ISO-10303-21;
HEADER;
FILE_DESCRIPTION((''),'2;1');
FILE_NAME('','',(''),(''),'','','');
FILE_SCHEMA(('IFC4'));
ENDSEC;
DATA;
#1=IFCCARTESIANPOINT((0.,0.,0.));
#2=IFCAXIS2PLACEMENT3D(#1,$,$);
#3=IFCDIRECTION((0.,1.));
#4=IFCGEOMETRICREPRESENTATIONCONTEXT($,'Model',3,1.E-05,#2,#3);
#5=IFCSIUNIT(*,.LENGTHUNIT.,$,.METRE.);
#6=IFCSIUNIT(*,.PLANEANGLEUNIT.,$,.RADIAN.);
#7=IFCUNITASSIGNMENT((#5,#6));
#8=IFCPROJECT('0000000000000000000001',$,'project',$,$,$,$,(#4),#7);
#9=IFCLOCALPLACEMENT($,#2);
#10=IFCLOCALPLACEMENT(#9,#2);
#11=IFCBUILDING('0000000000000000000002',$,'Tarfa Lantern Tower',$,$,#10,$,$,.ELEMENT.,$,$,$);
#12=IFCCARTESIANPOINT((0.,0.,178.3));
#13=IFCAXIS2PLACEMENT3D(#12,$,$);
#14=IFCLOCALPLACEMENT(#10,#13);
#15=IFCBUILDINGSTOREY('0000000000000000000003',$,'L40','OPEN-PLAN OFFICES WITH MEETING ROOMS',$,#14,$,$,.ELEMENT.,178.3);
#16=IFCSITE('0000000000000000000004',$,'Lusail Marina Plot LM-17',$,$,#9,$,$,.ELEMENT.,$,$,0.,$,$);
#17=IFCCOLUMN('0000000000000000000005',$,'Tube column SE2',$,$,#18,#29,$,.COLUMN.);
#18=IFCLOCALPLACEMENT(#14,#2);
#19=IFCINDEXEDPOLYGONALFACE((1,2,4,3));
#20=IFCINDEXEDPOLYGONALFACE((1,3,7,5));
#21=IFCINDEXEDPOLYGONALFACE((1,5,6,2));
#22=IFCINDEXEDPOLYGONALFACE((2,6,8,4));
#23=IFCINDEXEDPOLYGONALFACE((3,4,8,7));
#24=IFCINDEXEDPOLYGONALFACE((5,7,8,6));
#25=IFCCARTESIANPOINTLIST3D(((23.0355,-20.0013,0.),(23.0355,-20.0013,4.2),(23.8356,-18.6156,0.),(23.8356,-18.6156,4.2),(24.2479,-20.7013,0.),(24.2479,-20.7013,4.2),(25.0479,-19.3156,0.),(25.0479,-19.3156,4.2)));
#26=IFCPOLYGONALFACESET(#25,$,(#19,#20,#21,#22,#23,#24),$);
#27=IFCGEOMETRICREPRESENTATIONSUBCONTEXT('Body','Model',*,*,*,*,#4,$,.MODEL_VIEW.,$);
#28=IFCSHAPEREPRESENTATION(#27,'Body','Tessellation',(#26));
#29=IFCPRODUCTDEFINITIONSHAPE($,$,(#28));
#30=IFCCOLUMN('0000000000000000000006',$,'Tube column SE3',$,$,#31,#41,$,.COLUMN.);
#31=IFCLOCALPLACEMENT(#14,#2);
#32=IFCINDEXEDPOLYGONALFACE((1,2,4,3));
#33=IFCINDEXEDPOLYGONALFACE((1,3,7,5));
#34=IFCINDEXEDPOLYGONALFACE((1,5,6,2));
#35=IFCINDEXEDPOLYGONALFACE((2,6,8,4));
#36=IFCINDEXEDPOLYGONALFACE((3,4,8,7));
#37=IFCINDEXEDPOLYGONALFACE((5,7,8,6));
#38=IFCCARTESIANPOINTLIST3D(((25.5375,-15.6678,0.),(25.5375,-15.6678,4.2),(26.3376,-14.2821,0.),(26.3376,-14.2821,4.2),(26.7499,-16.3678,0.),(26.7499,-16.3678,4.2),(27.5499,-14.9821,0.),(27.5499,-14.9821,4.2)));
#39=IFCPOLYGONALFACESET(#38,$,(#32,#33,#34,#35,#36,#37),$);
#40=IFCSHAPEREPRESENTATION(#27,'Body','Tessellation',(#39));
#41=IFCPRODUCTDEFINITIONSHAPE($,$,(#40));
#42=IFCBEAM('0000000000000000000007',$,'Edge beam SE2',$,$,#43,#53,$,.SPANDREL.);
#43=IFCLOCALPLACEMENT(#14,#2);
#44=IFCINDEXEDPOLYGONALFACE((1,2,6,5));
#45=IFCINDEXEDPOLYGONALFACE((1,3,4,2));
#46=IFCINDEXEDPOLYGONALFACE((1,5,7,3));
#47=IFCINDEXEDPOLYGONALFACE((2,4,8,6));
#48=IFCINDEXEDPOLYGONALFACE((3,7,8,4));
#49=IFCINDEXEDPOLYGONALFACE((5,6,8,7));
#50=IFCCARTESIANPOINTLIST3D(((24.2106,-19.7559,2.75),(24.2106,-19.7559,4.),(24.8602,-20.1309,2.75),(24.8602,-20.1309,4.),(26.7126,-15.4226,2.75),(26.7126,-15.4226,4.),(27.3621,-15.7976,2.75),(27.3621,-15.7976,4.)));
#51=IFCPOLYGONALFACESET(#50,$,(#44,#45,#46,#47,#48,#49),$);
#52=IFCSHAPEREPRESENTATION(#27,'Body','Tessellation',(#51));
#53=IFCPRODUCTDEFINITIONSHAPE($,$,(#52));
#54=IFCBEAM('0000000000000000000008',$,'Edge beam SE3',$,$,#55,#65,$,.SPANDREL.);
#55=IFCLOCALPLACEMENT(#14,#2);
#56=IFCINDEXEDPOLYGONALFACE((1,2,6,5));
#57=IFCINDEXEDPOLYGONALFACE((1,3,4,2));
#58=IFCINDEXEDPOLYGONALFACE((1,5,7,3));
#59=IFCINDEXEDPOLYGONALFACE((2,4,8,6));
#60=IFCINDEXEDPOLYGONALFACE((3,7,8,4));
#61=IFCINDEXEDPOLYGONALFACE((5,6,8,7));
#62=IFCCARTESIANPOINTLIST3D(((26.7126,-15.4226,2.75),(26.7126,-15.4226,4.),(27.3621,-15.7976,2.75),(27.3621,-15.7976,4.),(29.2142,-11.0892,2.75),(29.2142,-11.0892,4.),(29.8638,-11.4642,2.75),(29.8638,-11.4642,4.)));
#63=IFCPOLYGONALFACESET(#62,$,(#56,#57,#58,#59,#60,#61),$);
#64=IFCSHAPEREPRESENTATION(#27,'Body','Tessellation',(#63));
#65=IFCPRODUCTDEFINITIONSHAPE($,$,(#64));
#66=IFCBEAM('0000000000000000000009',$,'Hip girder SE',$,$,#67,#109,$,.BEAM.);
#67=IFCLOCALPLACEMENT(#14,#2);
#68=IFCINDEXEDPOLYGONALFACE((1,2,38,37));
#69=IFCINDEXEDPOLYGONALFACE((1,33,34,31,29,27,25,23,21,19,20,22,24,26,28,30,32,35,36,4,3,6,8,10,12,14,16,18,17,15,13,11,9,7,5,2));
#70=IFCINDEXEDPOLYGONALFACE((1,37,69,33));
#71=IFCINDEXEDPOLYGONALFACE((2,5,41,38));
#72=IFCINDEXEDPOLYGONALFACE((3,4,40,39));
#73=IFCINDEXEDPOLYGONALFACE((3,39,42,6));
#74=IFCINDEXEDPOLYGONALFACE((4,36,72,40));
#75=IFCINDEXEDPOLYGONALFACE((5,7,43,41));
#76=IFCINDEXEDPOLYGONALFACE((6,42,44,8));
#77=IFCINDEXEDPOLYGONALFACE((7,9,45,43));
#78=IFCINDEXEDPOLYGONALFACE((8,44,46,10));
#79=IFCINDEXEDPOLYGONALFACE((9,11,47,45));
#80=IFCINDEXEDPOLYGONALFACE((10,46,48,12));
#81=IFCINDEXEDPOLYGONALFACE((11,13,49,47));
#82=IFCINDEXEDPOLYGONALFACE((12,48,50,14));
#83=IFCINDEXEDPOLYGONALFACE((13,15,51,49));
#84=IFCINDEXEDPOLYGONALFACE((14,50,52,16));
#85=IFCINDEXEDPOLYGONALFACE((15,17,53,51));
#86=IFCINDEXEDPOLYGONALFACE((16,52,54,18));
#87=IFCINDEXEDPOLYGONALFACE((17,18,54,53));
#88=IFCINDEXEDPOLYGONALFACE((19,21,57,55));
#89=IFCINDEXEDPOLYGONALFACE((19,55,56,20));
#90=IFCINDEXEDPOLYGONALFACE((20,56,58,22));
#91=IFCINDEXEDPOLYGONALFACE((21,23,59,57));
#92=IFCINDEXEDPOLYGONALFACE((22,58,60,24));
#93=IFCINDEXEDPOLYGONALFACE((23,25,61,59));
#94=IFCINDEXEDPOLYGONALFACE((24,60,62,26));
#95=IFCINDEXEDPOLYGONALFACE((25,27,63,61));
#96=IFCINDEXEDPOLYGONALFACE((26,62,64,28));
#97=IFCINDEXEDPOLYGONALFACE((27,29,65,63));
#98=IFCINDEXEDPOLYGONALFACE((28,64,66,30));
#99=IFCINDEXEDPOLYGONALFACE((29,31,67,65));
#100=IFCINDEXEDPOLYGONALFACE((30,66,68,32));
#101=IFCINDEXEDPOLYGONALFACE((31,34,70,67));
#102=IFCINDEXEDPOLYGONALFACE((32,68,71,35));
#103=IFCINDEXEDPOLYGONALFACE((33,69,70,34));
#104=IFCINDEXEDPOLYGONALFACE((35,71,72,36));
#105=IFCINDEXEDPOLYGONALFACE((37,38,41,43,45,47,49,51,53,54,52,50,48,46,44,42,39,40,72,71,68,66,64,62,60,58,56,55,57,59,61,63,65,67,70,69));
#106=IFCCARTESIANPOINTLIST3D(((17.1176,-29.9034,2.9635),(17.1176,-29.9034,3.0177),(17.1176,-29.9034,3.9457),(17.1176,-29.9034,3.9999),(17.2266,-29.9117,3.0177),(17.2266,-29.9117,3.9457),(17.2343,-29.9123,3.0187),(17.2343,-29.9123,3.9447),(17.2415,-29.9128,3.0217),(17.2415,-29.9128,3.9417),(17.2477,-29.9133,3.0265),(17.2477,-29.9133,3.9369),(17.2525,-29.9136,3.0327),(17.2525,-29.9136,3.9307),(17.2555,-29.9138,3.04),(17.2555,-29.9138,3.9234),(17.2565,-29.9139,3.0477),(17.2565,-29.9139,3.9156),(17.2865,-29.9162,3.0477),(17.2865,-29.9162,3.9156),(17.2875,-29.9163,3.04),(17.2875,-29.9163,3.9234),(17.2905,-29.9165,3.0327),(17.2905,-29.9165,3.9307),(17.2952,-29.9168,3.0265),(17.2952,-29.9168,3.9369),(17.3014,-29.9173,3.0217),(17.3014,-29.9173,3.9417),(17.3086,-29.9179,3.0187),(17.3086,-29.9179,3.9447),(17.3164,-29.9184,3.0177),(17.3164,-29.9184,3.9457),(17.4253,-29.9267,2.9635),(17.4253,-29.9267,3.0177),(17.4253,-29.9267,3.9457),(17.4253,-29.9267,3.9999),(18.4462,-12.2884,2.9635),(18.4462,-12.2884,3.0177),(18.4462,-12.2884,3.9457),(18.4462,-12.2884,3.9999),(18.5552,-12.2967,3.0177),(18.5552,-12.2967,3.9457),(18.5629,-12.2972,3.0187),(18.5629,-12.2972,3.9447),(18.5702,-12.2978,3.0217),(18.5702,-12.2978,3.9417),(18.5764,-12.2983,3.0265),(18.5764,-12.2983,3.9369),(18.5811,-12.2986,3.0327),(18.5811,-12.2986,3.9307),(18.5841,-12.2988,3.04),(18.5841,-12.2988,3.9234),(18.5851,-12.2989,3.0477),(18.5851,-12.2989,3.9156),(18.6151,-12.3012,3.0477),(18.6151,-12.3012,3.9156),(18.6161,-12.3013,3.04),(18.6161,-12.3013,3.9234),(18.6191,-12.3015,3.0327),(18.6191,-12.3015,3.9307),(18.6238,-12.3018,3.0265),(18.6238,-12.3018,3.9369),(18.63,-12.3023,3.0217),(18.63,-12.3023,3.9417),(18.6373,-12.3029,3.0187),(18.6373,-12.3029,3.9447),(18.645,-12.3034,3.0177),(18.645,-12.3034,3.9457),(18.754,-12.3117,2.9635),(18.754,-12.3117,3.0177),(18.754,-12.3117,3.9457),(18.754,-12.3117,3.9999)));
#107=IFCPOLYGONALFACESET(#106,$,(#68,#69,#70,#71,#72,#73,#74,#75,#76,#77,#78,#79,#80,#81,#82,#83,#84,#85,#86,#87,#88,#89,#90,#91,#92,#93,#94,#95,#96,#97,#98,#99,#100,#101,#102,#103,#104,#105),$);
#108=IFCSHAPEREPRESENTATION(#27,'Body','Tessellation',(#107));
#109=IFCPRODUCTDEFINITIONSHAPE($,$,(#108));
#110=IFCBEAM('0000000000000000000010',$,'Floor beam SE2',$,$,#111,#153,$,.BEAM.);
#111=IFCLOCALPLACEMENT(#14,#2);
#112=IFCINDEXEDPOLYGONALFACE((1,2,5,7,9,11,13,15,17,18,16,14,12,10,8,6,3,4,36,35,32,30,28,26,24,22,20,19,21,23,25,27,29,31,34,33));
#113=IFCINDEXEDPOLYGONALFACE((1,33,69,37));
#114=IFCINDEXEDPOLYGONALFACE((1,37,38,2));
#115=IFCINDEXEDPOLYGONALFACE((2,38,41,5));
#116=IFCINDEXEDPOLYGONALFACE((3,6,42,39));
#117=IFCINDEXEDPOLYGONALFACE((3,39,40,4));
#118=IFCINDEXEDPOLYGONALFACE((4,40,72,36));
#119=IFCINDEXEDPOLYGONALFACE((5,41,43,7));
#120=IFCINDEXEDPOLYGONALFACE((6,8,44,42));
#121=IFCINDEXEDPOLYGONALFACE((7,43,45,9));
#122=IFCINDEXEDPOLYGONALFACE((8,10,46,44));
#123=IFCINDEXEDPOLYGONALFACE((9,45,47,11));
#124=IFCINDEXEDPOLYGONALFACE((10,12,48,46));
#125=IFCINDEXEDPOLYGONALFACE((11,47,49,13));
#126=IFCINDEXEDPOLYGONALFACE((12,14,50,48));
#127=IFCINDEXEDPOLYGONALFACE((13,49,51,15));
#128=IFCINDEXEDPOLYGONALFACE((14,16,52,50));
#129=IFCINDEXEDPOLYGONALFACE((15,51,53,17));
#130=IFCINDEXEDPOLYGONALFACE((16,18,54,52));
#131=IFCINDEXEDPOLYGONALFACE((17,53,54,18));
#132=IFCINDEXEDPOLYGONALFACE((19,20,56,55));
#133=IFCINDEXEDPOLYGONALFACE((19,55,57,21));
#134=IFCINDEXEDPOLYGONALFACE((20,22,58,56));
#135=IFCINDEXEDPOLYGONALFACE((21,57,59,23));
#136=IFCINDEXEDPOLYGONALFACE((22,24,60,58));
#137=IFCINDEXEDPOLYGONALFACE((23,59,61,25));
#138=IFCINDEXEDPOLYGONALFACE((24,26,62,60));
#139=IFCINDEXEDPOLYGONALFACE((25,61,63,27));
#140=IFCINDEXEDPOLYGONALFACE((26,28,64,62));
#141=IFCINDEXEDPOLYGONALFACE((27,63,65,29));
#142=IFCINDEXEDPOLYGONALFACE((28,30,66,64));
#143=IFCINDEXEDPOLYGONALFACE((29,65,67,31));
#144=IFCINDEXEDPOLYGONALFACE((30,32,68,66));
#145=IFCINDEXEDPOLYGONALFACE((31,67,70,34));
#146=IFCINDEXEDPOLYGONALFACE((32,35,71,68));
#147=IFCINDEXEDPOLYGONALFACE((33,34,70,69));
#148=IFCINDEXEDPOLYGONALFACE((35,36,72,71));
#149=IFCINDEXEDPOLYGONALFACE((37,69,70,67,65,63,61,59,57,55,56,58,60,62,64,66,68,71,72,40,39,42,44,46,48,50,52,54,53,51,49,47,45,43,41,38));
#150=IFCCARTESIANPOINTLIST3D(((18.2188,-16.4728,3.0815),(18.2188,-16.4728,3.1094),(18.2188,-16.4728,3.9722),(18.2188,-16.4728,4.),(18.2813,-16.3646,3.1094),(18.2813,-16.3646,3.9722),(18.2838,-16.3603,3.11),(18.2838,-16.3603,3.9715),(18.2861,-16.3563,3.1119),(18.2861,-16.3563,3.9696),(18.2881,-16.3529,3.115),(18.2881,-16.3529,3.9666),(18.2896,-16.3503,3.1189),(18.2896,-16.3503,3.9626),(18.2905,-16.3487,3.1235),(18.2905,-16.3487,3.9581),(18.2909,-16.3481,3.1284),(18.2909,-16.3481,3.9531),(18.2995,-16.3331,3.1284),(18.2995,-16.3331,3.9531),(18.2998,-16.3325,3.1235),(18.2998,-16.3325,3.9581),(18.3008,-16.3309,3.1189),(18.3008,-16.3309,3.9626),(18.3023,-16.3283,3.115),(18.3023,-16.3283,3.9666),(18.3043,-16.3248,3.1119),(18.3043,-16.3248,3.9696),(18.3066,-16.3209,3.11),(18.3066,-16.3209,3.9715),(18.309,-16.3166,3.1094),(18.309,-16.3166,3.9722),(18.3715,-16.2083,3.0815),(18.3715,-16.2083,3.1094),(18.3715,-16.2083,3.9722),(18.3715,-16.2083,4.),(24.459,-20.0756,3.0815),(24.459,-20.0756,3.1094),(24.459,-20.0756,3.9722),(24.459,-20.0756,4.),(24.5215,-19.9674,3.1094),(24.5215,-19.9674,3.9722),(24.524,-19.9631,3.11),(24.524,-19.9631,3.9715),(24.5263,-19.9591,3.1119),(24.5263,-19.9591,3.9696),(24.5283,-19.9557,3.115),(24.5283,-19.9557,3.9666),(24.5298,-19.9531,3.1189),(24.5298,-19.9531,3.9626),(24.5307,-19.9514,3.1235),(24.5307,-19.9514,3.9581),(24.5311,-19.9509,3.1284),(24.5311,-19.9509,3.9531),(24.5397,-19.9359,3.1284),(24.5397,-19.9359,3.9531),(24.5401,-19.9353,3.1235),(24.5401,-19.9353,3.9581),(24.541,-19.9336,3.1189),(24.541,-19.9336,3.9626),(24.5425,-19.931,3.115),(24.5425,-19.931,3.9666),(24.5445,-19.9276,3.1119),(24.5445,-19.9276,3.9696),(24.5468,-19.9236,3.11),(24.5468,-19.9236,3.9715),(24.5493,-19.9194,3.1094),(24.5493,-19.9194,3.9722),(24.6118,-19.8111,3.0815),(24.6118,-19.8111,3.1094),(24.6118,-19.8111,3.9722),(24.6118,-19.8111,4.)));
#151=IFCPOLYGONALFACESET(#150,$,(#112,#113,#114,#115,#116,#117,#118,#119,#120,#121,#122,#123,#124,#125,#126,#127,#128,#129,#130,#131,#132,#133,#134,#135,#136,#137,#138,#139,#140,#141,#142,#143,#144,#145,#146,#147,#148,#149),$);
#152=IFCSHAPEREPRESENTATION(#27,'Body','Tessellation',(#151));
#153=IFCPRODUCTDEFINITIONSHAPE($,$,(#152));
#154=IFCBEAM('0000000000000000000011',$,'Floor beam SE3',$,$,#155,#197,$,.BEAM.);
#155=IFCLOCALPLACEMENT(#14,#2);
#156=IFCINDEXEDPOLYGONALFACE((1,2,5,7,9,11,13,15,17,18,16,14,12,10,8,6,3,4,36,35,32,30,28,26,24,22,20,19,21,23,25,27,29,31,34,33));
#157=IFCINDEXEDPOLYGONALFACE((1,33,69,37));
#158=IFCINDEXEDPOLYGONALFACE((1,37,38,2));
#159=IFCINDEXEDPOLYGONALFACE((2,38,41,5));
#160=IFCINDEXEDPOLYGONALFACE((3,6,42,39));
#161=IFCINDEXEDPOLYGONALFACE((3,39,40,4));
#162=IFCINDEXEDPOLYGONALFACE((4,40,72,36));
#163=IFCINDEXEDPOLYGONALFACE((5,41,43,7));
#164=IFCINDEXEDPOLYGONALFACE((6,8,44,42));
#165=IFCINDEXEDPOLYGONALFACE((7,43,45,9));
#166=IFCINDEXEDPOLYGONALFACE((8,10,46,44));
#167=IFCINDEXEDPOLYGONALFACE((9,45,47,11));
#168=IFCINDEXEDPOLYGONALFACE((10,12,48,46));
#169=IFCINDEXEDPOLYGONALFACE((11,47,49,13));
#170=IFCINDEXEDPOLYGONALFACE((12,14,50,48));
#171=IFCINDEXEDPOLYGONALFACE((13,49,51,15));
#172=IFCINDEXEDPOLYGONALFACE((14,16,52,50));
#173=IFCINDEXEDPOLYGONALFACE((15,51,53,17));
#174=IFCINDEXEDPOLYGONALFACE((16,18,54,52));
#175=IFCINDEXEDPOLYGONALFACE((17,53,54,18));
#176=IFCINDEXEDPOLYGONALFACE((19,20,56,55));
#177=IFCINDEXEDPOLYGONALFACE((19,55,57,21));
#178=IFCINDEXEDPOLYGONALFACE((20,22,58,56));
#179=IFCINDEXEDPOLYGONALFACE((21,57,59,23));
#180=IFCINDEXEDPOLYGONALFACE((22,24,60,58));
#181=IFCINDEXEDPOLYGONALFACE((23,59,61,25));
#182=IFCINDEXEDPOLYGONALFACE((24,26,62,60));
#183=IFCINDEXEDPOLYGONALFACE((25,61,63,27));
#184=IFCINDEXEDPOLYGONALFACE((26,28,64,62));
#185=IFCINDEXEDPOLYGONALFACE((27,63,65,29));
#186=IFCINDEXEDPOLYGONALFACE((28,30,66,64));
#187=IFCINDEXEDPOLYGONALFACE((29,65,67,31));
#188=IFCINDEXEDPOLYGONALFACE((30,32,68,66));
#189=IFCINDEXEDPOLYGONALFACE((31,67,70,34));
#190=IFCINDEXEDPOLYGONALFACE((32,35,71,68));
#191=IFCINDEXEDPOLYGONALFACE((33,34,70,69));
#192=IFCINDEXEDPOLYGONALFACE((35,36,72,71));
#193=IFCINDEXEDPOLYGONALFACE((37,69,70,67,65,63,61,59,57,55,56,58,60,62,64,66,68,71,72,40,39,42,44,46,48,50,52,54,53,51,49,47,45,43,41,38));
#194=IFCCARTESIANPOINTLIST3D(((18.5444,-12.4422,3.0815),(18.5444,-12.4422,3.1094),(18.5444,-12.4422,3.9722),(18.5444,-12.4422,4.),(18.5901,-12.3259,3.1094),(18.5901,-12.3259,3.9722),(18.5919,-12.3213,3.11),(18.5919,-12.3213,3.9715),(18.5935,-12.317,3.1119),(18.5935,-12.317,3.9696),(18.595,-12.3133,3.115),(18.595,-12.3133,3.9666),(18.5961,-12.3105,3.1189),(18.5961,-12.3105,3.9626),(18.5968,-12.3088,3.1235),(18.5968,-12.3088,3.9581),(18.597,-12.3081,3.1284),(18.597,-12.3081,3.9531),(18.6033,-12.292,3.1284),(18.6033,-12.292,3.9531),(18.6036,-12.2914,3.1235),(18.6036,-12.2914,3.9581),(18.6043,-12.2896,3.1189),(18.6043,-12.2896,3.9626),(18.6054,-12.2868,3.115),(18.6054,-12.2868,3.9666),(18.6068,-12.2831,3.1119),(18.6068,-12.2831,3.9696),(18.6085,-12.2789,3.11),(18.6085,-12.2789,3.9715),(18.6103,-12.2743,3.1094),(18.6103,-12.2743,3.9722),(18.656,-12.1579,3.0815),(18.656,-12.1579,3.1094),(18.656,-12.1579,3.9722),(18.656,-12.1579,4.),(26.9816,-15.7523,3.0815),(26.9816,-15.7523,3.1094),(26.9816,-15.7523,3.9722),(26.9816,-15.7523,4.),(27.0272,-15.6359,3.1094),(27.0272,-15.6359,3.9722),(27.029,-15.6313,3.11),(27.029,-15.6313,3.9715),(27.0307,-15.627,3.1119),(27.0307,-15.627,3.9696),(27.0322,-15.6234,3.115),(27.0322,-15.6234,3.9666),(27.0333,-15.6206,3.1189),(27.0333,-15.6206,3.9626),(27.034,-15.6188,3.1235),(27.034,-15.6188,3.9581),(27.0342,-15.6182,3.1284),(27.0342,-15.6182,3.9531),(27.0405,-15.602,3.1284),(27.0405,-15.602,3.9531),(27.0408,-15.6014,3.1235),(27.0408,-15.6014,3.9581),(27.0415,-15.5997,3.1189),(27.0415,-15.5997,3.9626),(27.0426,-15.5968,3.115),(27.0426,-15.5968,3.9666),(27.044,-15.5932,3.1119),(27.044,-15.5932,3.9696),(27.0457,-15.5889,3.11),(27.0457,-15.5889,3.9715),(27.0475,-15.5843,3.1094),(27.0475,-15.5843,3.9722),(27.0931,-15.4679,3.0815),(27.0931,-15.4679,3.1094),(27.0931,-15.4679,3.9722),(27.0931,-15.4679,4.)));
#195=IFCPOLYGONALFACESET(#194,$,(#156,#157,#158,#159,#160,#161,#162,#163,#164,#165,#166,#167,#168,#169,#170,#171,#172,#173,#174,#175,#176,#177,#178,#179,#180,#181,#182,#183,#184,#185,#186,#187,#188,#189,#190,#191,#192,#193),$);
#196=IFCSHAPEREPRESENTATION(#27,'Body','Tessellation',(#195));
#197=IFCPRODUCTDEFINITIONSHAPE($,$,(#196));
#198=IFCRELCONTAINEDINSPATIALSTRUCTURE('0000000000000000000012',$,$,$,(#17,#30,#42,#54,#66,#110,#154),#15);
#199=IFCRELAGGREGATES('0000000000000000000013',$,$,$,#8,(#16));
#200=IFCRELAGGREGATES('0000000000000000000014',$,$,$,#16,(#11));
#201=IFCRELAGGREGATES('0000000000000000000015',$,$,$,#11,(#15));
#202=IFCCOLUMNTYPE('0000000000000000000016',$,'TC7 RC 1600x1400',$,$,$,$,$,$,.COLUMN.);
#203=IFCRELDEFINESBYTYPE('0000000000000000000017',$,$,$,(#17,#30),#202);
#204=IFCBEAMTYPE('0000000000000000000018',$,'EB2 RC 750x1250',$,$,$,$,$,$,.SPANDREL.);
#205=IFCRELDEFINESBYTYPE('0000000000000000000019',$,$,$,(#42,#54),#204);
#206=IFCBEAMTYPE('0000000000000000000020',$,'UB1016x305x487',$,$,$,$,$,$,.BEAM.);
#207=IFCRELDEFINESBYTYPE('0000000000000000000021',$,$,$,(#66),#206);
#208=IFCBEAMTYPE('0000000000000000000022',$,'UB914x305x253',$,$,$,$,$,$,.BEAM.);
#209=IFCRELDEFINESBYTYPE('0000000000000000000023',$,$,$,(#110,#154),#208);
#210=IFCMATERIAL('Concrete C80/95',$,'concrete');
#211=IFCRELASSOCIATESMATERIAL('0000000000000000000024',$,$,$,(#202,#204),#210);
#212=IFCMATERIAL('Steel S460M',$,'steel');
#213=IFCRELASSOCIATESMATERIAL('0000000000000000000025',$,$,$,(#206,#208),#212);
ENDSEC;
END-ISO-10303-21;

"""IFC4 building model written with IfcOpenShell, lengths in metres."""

from ifc_helpers import new_model, si_unit, direction, frame, origin, origin_2d, place, context, subcontext, project, spatial, rectangle, i_section, extrude, material, material_profile, profile_set, type_object, element, save


model = new_model("IFC4")

# Units and contexts
model_context = context("Model", 3, precision=1e-05, world=origin(), true_north=direction((0.0, 1.0)))
body_context = subcontext(model_context, "Body", "Model", "MODEL_VIEW")
ifc_project = project(units=[si_unit("LENGTHUNIT", "METRE"), si_unit("PLANEANGLEUNIT", "RADIAN")], contexts=[model_context])

# Site, building, storey
site_placement = place(None, origin())
site = spatial("IfcSite", under=ifc_project, at=site_placement, Name="Lusail Marina Plot LM-17", CompositionType="ELEMENT", RefElevation=0.0)
building_placement = place(site_placement, origin())
building = spatial("IfcBuilding", under=site, at=building_placement, Name="Tarfa Lantern Tower", CompositionType="ELEMENT")
storey_placement = place(building_placement, frame((0.0, 0.0, 178.3)))
storey = spatial("IfcBuildingStorey", under=building, at=storey_placement, Name="L40", Description="OPEN-PLAN OFFICES WITH MEETING ROOMS", CompositionType="ELEMENT", Elevation=178.3)

# Columns
ifc_material_1 = material(Name="Concrete C80/95", Category="concrete")
ifc_material_profile_1 = material_profile(ifc_material_1, rectangle(XDim=1.6001, YDim=1.3999, at=origin_2d()), Name="RC 1600x1400")
ifc_profile_set_1 = profile_set([ifc_material_profile_1], Name="Concrete C80/95")
column_type = type_object("IfcColumnType", Name="TC7 RC 1600x1400", PredefinedType="COLUMN", material=ifc_profile_set_1)
for number, where, z_axis, x_axis, name in (
    (1, (24.0417, -19.6584, 0.0), (0.0, 0.0, 1.0), (0.5, 0.866025, 0.0), "Tube column SE2"),
    (2, (26.5437, -15.325, 0.0), (0.0, 0.0, 1.0), (0.5, 0.866025, 0.0), "Tube column SE3"),
):
    element("IfcColumn", number, at=place(storey_placement, frame(where, z_axis=z_axis, x_axis=x_axis)), inside=storey, type_object=column_type, Name=name, PredefinedType="COLUMN", context=body_context, shape_type="SweptSolid", body=[
        extrude(rectangle(XDim=1.6001, YDim=1.3999, at=origin_2d()), origin(), (0.0, 0.0, 1.0), 4.2),
    ])

# Beams
ifc_material_profile_2 = material_profile(ifc_material_1, rectangle(XDim=0.75, YDim=1.25, at=origin_2d()), Name="RC 750x1250")
ifc_profile_set_2 = profile_set([ifc_material_profile_2], Name="Concrete C80/95")
beam_type_1 = type_object("IfcBeamType", Name="EB2 RC 750x1250", PredefinedType="SPANDREL", material=ifc_profile_set_2)
for number, where, z_axis, x_axis, name in (
    (3, (24.5354, -19.9434, 3.375), (0.500022, 0.866013, 0.0), (-0.866013, 0.500022, 0.0), "Edge beam SE2"),
    (4, (27.0374, -15.6101, 3.375), (0.499965, 0.866046, 0.0), (-0.866046, 0.499965, 0.0), "Edge beam SE3"),
):
    element("IfcBeam", number, at=place(storey_placement, frame(where, z_axis=z_axis, x_axis=x_axis)), inside=storey, type_object=beam_type_1, Name=name, PredefinedType="SPANDREL", context=body_context, shape_type="SweptSolid", body=[
        extrude(rectangle(XDim=0.75, YDim=1.25, at=origin_2d()), origin(), (0.0, 0.0, 1.0), 5.0037),
    ])
ifc_material_2 = material(Name="Steel S460M", Category="steel")
ifc_material_profile_3 = material_profile(ifc_material_2, i_section(OverallWidth=0.3086, OverallDepth=1.0364, WebThickness=0.03, FlangeThickness=0.0542, FilletRadius=0.03, at=origin_2d()), Name="UB1016x305x487")
ifc_profile_set_3 = profile_set([ifc_material_profile_3], Name="Steel S460M")
beam_type_2 = type_object("IfcBeamType", Name="UB1016x305x487", PredefinedType="BEAM", material=ifc_profile_set_3)
beam_1_placement = place(storey_placement, frame((18.6001, -12.3, 3.4817), z_axis=(-0.075212, -0.997168, 0.0), x_axis=(0.997168, -0.075212, 0.0)))
element("IfcBeam", 5, at=beam_1_placement, inside=storey, type_object=beam_type_2, Name="Hip girder SE", PredefinedType="BEAM", context=body_context, shape_type="SweptSolid", body=[
    extrude(i_section(OverallWidth=0.3086, OverallDepth=1.0364, WebThickness=0.03, FlangeThickness=0.0542, FilletRadius=0.03, at=origin_2d()), origin(), (0.0, 0.0, 1.0), 17.665),
])
ifc_material_profile_4 = material_profile(ifc_material_2, i_section(OverallWidth=0.3054, OverallDepth=0.9185, WebThickness=0.0173, FlangeThickness=0.0278, FilletRadius=0.019, at=origin_2d()), Name="UB914x305x253")
ifc_profile_set_4 = profile_set([ifc_material_profile_4], Name="Steel S460M")
beam_type_3 = type_object("IfcBeamType", Name="UB914x305x253", PredefinedType="BEAM", material=ifc_profile_set_4)
beam_2_placement = place(storey_placement, frame((24.5354, -19.9434, 3.5408), z_axis=(-0.866026, 0.499998, 0.0), x_axis=(-0.499998, -0.866026, 0.0)))
element("IfcBeam", 6, at=beam_2_placement, inside=storey, type_object=beam_type_3, Name="Floor beam SE2", PredefinedType="BEAM", context=body_context, shape_type="SweptSolid", body=[
    extrude(i_section(OverallWidth=0.3054, OverallDepth=0.9185, WebThickness=0.0173, FlangeThickness=0.0278, FilletRadius=0.019, at=origin_2d()), origin(), (0.0, 0.0, 1.0), 7.2056),
])
beam_3_placement = place(storey_placement, frame((27.0374, -15.6101, 3.5408), z_axis=(-0.930923, 0.365215, 0.0), x_axis=(-0.365215, -0.930923, 0.0)))
element("IfcBeam", 7, at=beam_3_placement, inside=storey, type_object=beam_type_3, Name="Floor beam SE3", PredefinedType="BEAM", context=body_context, shape_type="SweptSolid", body=[
    extrude(i_section(OverallWidth=0.3054, OverallDepth=0.9185, WebThickness=0.0173, FlangeThickness=0.0278, FilletRadius=0.019, at=origin_2d()), origin(), (0.0, 0.0, 1.0), 9.0632),
])

save(model, "model.ifc")
